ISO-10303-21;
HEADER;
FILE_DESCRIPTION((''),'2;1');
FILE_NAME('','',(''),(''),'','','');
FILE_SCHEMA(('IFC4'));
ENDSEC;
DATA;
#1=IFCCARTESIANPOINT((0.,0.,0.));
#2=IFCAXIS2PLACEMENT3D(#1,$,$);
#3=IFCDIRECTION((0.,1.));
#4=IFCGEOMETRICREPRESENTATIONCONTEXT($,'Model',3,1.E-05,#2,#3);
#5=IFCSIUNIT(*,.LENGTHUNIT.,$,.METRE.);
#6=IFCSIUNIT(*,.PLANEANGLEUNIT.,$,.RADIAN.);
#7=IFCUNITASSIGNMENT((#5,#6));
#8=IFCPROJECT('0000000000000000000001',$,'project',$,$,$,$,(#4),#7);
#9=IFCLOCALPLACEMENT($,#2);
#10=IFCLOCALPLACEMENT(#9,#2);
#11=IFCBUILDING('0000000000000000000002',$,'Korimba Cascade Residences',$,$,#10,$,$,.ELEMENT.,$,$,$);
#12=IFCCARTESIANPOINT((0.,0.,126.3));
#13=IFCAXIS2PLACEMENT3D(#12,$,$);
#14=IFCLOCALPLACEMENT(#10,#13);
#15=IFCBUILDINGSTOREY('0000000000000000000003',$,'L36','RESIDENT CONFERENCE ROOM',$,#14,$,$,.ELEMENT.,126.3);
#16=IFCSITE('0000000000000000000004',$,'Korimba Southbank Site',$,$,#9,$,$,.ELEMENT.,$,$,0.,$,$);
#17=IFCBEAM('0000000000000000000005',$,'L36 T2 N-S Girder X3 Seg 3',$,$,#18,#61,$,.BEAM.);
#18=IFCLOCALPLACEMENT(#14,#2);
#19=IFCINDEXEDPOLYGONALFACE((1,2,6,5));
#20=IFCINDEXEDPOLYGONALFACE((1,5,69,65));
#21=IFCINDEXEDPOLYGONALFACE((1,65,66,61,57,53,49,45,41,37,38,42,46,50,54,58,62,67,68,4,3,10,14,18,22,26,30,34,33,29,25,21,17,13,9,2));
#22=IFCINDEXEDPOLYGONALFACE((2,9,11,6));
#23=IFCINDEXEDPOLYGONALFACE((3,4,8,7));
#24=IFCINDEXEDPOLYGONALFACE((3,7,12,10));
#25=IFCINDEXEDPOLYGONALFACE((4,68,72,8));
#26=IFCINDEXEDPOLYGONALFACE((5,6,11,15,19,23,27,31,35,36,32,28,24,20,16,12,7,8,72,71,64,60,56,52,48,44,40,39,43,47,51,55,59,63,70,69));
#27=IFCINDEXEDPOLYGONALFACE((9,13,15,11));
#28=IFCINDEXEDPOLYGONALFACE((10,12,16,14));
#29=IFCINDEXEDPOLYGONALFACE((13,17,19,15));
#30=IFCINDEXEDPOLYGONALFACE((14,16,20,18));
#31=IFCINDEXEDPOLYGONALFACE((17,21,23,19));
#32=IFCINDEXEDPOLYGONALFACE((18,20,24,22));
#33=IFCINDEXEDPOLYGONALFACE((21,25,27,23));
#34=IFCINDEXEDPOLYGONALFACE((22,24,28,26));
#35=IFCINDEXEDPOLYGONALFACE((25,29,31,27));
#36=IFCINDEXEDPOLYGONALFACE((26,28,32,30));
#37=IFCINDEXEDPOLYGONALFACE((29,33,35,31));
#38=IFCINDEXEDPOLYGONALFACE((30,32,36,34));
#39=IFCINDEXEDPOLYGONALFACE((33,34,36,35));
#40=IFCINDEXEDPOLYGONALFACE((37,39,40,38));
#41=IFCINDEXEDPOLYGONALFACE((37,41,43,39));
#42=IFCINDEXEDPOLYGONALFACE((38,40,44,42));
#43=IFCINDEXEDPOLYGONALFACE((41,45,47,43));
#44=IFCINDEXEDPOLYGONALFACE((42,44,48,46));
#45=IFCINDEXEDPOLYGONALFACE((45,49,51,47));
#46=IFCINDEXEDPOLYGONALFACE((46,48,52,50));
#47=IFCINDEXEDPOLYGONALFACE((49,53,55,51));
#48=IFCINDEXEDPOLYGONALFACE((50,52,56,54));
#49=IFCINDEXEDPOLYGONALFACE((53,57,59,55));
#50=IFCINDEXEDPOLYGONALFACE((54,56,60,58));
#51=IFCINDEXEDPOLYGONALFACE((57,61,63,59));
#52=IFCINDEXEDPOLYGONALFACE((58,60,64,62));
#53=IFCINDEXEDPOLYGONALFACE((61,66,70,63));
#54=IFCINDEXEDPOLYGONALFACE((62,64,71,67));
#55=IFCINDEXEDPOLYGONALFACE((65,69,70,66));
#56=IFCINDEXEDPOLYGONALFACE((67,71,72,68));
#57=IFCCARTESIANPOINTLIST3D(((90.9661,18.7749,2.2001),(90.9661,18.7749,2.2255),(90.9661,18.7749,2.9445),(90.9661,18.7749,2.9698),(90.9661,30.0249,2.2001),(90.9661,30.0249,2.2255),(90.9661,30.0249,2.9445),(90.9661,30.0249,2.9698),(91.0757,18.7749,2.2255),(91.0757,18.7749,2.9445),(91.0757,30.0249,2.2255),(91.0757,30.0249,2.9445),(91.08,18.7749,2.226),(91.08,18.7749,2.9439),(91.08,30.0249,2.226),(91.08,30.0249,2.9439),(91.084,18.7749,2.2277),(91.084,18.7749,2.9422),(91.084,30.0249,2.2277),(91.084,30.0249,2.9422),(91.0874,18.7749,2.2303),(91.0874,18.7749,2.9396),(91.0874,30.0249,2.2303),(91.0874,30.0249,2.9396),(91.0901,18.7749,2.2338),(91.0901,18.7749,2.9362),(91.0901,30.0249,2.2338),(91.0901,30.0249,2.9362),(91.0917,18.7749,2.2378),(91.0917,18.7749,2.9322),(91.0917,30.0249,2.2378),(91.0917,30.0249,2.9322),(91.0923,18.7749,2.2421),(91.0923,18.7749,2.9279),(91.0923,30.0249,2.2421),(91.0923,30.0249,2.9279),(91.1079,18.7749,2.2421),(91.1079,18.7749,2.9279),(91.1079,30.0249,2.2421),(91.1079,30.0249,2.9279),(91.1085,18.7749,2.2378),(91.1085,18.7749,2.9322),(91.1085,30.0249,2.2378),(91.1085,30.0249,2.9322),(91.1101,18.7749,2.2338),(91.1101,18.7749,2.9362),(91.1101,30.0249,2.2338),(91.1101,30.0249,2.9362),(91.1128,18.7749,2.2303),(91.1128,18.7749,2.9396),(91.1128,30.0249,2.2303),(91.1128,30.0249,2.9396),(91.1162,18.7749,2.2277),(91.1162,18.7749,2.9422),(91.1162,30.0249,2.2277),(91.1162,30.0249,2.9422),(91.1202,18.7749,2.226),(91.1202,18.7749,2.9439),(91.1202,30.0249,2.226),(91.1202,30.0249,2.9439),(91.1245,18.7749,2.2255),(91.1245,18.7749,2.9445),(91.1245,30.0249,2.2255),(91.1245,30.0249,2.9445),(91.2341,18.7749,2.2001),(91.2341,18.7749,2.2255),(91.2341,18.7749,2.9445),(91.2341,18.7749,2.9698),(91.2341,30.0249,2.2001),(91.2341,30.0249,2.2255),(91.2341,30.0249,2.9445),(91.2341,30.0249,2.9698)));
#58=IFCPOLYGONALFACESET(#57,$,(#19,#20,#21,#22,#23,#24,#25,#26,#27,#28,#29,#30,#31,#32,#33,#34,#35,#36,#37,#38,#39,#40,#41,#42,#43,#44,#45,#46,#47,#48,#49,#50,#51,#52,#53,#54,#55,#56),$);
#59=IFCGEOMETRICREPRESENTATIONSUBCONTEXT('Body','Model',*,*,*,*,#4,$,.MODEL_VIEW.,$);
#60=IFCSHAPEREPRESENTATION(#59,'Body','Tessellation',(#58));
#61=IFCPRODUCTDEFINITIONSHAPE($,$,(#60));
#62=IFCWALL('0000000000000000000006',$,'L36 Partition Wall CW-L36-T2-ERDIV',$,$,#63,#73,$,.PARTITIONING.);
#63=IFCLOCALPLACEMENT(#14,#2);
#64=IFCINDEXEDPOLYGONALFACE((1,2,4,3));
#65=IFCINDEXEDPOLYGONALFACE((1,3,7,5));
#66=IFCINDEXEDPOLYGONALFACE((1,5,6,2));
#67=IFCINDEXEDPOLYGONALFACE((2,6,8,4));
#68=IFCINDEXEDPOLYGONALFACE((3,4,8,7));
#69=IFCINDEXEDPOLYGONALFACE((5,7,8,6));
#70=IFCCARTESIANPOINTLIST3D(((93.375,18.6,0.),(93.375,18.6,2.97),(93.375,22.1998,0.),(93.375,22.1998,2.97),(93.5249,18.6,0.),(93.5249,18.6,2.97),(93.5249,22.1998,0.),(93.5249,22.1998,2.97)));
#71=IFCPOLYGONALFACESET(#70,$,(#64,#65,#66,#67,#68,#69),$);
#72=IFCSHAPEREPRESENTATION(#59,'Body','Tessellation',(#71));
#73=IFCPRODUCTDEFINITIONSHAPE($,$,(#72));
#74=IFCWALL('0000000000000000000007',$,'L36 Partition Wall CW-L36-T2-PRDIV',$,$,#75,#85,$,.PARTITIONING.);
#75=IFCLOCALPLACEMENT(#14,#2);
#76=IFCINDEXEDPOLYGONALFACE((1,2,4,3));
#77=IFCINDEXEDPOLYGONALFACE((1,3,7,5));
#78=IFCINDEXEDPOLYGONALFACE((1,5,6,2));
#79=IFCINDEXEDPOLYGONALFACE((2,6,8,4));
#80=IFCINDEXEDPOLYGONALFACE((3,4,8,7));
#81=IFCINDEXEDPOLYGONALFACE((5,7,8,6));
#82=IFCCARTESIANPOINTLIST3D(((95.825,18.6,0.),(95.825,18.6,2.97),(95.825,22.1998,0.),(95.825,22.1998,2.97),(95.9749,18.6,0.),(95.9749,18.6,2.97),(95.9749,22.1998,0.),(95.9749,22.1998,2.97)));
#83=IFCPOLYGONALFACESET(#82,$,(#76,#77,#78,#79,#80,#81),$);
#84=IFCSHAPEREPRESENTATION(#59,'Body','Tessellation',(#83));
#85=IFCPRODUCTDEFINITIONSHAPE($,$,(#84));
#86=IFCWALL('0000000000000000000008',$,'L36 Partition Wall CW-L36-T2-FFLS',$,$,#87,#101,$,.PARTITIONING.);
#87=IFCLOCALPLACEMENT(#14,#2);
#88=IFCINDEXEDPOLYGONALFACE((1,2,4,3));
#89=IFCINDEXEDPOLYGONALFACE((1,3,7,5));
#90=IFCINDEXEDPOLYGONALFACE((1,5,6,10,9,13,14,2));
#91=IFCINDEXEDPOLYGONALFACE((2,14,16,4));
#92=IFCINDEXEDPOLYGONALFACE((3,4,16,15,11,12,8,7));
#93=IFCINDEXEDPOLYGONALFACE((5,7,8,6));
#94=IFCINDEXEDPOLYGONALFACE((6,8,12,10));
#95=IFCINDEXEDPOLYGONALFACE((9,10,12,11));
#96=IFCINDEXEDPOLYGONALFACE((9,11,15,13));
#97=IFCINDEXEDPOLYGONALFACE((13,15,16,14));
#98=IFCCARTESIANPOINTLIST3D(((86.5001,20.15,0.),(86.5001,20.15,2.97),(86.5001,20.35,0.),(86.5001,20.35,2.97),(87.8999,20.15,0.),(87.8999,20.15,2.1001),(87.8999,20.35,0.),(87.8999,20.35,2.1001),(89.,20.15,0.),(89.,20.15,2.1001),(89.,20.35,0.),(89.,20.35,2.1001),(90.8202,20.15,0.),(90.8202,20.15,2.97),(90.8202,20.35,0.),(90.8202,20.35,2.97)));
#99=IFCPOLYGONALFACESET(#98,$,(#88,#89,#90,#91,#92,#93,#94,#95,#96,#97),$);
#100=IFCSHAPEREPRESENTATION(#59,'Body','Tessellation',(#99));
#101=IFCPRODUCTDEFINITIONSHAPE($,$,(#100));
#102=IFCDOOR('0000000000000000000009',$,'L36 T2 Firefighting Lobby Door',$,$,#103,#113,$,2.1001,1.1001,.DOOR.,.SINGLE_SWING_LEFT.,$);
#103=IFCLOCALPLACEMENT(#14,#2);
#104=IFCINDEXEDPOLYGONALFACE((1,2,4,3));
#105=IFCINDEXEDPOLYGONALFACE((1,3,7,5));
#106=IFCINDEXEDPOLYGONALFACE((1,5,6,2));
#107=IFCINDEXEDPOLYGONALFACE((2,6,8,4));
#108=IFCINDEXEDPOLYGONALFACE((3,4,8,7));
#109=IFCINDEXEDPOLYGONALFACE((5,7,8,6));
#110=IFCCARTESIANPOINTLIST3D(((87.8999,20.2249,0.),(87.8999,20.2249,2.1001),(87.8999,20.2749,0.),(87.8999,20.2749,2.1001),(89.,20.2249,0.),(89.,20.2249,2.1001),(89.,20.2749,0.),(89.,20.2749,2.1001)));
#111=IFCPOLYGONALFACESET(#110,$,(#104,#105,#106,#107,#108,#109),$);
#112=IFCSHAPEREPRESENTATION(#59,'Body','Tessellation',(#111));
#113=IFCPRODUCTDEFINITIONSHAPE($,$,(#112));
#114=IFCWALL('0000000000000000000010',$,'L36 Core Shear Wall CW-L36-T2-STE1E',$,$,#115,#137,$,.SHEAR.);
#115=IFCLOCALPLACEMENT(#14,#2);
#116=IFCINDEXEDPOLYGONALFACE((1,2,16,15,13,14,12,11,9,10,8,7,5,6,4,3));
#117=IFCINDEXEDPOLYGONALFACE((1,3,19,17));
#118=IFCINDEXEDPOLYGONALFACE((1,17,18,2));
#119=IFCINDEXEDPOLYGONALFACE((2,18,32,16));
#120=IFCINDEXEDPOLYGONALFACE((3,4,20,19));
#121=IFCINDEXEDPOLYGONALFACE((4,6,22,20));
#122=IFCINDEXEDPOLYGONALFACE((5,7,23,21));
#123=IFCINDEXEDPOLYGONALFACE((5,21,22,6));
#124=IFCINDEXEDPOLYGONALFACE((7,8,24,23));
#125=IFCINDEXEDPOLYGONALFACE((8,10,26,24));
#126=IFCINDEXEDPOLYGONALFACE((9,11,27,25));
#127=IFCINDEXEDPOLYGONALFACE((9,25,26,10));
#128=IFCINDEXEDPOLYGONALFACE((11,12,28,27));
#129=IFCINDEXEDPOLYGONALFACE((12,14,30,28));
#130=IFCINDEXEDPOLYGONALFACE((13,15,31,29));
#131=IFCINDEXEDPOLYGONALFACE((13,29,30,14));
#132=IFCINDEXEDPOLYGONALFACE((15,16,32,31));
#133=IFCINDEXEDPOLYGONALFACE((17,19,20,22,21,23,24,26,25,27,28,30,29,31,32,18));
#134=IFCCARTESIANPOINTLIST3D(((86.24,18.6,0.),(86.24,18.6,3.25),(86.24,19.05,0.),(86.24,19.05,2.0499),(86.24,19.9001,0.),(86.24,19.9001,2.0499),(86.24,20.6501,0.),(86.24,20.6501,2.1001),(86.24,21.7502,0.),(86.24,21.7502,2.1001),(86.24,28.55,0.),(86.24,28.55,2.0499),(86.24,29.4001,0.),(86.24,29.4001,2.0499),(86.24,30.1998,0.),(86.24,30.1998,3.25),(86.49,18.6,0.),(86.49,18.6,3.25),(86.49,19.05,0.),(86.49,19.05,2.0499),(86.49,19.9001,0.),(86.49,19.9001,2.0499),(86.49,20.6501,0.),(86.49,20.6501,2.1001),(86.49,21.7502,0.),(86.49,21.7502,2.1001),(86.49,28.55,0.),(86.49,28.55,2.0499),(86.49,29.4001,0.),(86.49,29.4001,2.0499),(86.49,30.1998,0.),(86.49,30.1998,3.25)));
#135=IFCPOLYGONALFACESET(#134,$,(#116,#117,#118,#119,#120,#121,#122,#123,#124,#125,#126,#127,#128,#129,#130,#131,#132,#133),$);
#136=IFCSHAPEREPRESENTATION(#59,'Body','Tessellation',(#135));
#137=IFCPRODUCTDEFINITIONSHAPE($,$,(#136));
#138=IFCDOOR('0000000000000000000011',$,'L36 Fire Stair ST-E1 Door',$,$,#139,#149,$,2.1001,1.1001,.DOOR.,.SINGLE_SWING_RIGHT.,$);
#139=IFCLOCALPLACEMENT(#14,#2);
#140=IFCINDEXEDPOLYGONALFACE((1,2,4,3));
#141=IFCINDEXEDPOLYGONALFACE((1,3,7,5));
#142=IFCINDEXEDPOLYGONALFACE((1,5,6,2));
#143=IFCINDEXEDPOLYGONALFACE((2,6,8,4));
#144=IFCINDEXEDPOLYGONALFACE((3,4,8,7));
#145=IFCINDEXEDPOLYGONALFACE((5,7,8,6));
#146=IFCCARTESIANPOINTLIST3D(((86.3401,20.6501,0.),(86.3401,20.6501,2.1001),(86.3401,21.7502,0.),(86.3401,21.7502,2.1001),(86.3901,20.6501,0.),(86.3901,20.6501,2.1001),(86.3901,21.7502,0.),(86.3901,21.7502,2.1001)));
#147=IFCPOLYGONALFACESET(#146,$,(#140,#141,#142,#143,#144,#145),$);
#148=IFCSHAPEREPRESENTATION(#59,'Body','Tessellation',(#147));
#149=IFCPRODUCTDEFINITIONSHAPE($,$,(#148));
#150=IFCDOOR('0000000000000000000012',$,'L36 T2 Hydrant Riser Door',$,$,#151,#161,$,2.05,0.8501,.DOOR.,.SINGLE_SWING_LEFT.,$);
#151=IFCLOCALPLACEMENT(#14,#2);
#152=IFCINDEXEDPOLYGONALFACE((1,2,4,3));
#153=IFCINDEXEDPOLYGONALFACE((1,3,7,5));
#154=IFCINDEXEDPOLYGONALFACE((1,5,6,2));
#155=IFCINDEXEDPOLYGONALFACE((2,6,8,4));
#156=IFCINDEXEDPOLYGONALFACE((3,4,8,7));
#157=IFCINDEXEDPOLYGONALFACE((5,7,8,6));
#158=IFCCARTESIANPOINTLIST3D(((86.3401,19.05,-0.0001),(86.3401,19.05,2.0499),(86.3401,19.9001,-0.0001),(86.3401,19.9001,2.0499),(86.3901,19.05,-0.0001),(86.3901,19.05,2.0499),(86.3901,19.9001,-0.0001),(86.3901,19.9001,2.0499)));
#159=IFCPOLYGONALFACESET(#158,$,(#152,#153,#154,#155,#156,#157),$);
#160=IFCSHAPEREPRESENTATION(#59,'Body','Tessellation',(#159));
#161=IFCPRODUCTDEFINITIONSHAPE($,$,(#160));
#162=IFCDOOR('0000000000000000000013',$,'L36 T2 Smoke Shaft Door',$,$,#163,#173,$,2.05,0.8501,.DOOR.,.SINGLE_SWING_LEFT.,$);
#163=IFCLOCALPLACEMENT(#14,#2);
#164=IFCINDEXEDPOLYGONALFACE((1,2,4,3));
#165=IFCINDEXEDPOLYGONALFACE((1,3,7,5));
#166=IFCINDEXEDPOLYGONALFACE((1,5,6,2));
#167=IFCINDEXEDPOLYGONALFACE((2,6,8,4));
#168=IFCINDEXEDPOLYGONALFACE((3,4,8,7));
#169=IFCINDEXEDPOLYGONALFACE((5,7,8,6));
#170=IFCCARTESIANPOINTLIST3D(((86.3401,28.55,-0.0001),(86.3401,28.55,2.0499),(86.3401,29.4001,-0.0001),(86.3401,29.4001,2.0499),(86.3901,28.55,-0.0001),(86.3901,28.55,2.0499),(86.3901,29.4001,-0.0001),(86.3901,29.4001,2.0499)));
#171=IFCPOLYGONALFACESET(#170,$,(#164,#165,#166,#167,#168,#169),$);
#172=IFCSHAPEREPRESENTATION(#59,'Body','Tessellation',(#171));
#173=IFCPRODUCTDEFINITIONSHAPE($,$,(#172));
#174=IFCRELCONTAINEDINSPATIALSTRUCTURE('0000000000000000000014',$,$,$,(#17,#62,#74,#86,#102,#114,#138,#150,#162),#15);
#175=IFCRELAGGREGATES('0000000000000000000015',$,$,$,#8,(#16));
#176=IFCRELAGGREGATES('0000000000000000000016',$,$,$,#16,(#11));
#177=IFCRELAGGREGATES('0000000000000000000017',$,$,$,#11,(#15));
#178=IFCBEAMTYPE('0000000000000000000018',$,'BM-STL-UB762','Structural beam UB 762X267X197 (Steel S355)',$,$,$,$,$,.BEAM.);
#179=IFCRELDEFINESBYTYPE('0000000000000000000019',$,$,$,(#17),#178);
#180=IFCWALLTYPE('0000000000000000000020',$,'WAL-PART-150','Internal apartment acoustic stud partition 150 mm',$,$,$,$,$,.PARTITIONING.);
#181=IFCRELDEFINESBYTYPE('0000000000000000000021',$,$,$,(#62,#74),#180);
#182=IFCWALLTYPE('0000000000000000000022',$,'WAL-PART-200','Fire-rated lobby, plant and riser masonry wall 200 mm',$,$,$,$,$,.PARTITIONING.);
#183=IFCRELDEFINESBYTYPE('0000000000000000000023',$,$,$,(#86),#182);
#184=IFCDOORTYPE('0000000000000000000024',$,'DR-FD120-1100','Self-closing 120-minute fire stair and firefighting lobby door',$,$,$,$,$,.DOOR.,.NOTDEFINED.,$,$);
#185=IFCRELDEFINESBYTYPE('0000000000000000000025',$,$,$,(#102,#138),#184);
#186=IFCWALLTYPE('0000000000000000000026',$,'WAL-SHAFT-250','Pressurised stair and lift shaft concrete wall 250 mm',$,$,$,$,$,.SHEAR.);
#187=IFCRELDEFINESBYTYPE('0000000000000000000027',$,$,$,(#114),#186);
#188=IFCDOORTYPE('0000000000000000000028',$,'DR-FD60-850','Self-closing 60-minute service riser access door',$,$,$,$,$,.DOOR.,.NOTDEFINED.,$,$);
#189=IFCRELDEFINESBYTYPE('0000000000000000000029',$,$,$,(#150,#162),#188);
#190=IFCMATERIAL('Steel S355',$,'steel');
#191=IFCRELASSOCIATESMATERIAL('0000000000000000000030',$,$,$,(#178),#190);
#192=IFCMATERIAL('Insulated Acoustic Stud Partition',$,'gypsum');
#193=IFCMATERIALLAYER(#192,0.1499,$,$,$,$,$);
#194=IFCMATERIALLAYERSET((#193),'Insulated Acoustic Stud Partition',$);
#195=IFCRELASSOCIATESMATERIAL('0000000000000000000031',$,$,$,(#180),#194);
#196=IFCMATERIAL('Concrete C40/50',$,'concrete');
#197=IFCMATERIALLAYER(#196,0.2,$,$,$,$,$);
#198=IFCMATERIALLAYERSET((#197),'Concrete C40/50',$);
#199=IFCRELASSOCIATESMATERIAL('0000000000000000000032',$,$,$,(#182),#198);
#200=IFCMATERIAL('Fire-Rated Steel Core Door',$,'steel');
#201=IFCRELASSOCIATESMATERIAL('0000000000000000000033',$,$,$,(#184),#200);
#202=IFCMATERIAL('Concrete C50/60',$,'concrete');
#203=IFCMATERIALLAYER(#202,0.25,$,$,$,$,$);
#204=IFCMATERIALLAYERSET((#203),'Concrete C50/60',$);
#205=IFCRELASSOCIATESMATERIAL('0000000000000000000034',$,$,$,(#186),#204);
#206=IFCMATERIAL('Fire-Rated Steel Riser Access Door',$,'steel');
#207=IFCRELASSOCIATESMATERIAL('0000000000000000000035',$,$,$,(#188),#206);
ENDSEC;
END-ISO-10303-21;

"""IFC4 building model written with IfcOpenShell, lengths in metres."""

from ifc_helpers import new_model, si_unit, direction, frame, frame_2d, origin, origin_2d, place, context, subcontext, project, spatial, rectangle, i_section, extrude, material, layer, layer_set, material_profile, profile_set, type_object, element, fill, save


model = new_model("IFC4")

# Units and contexts
model_context = context("Model", 3, precision=1e-05, world=origin(), true_north=direction((0.0, 1.0)))
body_context = subcontext(model_context, "Body", "Model", "MODEL_VIEW")
ifc_project = project(units=[si_unit("LENGTHUNIT", "METRE"), si_unit("PLANEANGLEUNIT", "RADIAN")], contexts=[model_context])

# Site, building, storey
site_placement = place(None, origin())
site = spatial("IfcSite", under=ifc_project, at=site_placement, Name="Korimba Southbank Site", CompositionType="ELEMENT", RefElevation=0.0)
building_placement = place(site_placement, origin())
building = spatial("IfcBuilding", under=site, at=building_placement, Name="Korimba Cascade Residences", CompositionType="ELEMENT")
storey_placement = place(building_placement, frame((0.0, 0.0, 126.3)))
storey = spatial("IfcBuildingStorey", under=building, at=storey_placement, Name="L36", Description="RESIDENT CONFERENCE ROOM", CompositionType="ELEMENT", Elevation=126.3)

# Beam
ifc_material_1 = material(Name="Steel S355", Category="steel")
ifc_material_profile = material_profile(ifc_material_1, i_section(OverallWidth=0.2681, OverallDepth=0.7698, WebThickness=0.0156, FlangeThickness=0.0254, FilletRadius=0.0166, at=origin_2d()), Name="Steel S355")
ifc_profile_set = profile_set([ifc_material_profile], Name="Steel S355")
beam_type = type_object("IfcBeamType", Name="BM-STL-UB762", Description="Structural beam UB 762X267X197 (Steel S355)", PredefinedType="BEAM", material=ifc_profile_set)
beam_placement = place(storey_placement, frame((91.1001, 18.7749, 2.585), z_axis=(0.0, 1.0, 0.0), x_axis=(-1.0, 0.0, 0.0)))
element("IfcBeam", 1, at=beam_placement, inside=storey, type_object=beam_type, Name="L36 T2 N-S Girder X3 Seg 3", PredefinedType="BEAM", context=body_context, shape_type="SweptSolid", body=[
    extrude(i_section(OverallWidth=0.2681, OverallDepth=0.7698, WebThickness=0.0156, FlangeThickness=0.0254, FilletRadius=0.0166, at=origin_2d()), origin(), (0.0, 0.0, 1.0), 11.25),
])

# Walls
ifc_material_2 = material(Name="Insulated Acoustic Stud Partition", Category="gypsum")
ifc_layer_1 = layer(ifc_material_2, 0.1499)
ifc_layer_set_1 = layer_set([ifc_layer_1], Name="Insulated Acoustic Stud Partition")
wall_type_1 = type_object("IfcWallType", Name="WAL-PART-150", Description="Internal apartment acoustic stud partition 150 mm", PredefinedType="PARTITIONING", material=ifc_layer_set_1)
for number, where, z_axis, x_axis, name in (
    (2, (93.45, 18.6001, 0.0), (0.0, 0.0, 1.0), (0.0, 1.0, 0.0), "L36 Partition Wall CW-L36-T2-ERDIV"),
    (3, (95.8999, 18.6001, 0.0), (0.0, 0.0, 1.0), (0.0, 1.0, 0.0), "L36 Partition Wall CW-L36-T2-PRDIV"),
):
    element("IfcWall", number, at=place(storey_placement, frame(where, z_axis=z_axis, x_axis=x_axis)), inside=storey, type_object=wall_type_1, Name=name, PredefinedType="PARTITIONING", context=body_context, shape_type="SweptSolid", body=[
        extrude(rectangle(XDim=3.5999, YDim=0.1499, at=frame_2d((1.7998, 0.0))), origin(), (0.0, 0.0, 1.0), 2.97),
    ])

# Wall, opening, door
ifc_material_3 = material(Name="Concrete C40/50", Category="concrete")
ifc_layer_2 = layer(ifc_material_3, 0.2)
ifc_layer_set_2 = layer_set([ifc_layer_2], Name="Concrete C40/50")
wall_type_2 = type_object("IfcWallType", Name="WAL-PART-200", Description="Fire-rated lobby, plant and riser masonry wall 200 mm", PredefinedType="PARTITIONING", material=ifc_layer_set_2)
wall_1_placement = place(storey_placement, frame((86.5, 20.25, 0.0), z_axis=(0.0, 0.0, 1.0), x_axis=(1.0, 0.0, 0.0)))
wall_1 = element("IfcWall", 4, at=wall_1_placement, inside=storey, type_object=wall_type_2, Name="L36 Partition Wall CW-L36-T2-FFLS", PredefinedType="PARTITIONING", context=body_context, shape_type="SweptSolid", body=[
    extrude(rectangle(XDim=4.3201, YDim=0.2, at=frame_2d((2.1602, 0.0))), origin(), (0.0, 0.0, 1.0), 2.97),
])
opening_1_placement = place(wall_1_placement, frame((1.3999, 0.0, 0.0)))
opening_1 = element("IfcOpeningElement", 5, at=opening_1_placement, cuts=wall_1, PredefinedType="OPENING", context=body_context, shape_type="SweptSolid", body=[
    extrude(rectangle(XDim=1.1001, YDim=2.1001, at=frame_2d((0.55, 1.05))), frame((0.0, 0.1099, 0.0), z_axis=(0.0, -1.0, 0.0), x_axis=(1.0, 0.0, 0.0)), (0.0, 0.0, 1.0), 0.22),
])
ifc_material_4 = material(Name="Fire-Rated Steel Core Door", Category="steel")
door_type_1 = type_object("IfcDoorType", Name="DR-FD120-1100", Description="Self-closing 120-minute fire stair and firefighting lobby door", OperationType="NOTDEFINED", PredefinedType="DOOR", material=ifc_material_4)
door_1_placement = place(opening_1_placement, origin())
door_1 = element("IfcDoor", 6, at=door_1_placement, inside=storey, type_object=door_type_1, Name="L36 T2 Firefighting Lobby Door", OperationType="SINGLE_SWING_LEFT", OverallHeight=2.1001, OverallWidth=1.1001, PredefinedType="DOOR", context=body_context, shape_type="SweptSolid", body=[
    extrude(rectangle(XDim=1.1001, YDim=2.1001, at=frame_2d((0.55, 1.05))), frame((0.0, 0.0249, 0.0), z_axis=(0.0, -1.0, 0.0), x_axis=(1.0, 0.0, 0.0)), (0.0, 0.0, 1.0), 0.05),
])
fill(opening_1, door_1)

# Wall, openings, doors
ifc_material_5 = material(Name="Concrete C50/60", Category="concrete")
ifc_layer_3 = layer(ifc_material_5, 0.25)
ifc_layer_set_3 = layer_set([ifc_layer_3], Name="Concrete C50/60")
wall_type_3 = type_object("IfcWallType", Name="WAL-SHAFT-250", Description="Pressurised stair and lift shaft concrete wall 250 mm", PredefinedType="SHEAR", material=ifc_layer_set_3)
wall_2_placement = place(storey_placement, frame((86.365, 18.6001, 0.0), z_axis=(0.0, 0.0, 1.0), x_axis=(0.0, 1.0, 0.0)))
wall_2 = element("IfcWall", 7, at=wall_2_placement, inside=storey, type_object=wall_type_3, Name="L36 Core Shear Wall CW-L36-T2-STE1E", PredefinedType="SHEAR", context=body_context, shape_type="SweptSolid", body=[
    extrude(rectangle(XDim=11.5999, YDim=0.25, at=frame_2d((5.7998, 0.0))), origin(), (0.0, 0.0, 1.0), 3.25),
])
opening_2_placement = place(wall_2_placement, frame((0.45, 0.0, 0.0)))
opening_2 = element("IfcOpeningElement", 8, at=opening_2_placement, cuts=wall_2, PredefinedType="OPENING", context=body_context, shape_type="SweptSolid", body=[
    extrude(rectangle(XDim=0.8501, YDim=2.05, at=frame_2d((0.425, 1.0249))), frame((0.0, 0.135, 0.0), z_axis=(0.0, -1.0, 0.0), x_axis=(1.0, 0.0, 0.0)), (0.0, 0.0, 1.0), 0.27),
])
opening_3_placement = place(wall_2_placement, frame((2.05, 0.0, 0.0)))
opening_3 = element("IfcOpeningElement", 9, at=opening_3_placement, cuts=wall_2, PredefinedType="OPENING", context=body_context, shape_type="SweptSolid", body=[
    extrude(rectangle(XDim=1.1001, YDim=2.1001, at=frame_2d((0.55, 1.05))), frame((0.0, 0.135, 0.0), z_axis=(0.0, -1.0, 0.0), x_axis=(1.0, 0.0, 0.0)), (0.0, 0.0, 1.0), 0.27),
])
opening_4_placement = place(wall_2_placement, frame((9.95, 0.0, 0.0)))
opening_4 = element("IfcOpeningElement", 10, at=opening_4_placement, cuts=wall_2, PredefinedType="OPENING", context=body_context, shape_type="SweptSolid", body=[
    extrude(rectangle(XDim=0.8501, YDim=2.05, at=frame_2d((0.425, 1.0249))), frame((0.0, 0.135, 0.0), z_axis=(0.0, -1.0, 0.0), x_axis=(1.0, 0.0, 0.0)), (0.0, 0.0, 1.0), 0.27),
])
door_2_placement = place(opening_3_placement, origin())
door_2 = element("IfcDoor", 11, at=door_2_placement, inside=storey, type_object=door_type_1, Name="L36 Fire Stair ST-E1 Door", OperationType="SINGLE_SWING_RIGHT", OverallHeight=2.1001, OverallWidth=1.1001, PredefinedType="DOOR", context=body_context, shape_type="SweptSolid", body=[
    extrude(rectangle(XDim=1.1001, YDim=2.1001, at=frame_2d((0.55, 1.05))), frame((0.0, 0.0249, 0.0), z_axis=(0.0, -1.0, 0.0), x_axis=(1.0, 0.0, 0.0)), (0.0, 0.0, 1.0), 0.05),
])
fill(opening_3, door_2)
ifc_material_6 = material(Name="Fire-Rated Steel Riser Access Door", Category="steel")
door_type_2 = type_object("IfcDoorType", Name="DR-FD60-850", Description="Self-closing 60-minute service riser access door", OperationType="NOTDEFINED", PredefinedType="DOOR", material=ifc_material_6)
door_3_placement = place(opening_2_placement, origin())
door_3 = element("IfcDoor", 12, at=door_3_placement, inside=storey, type_object=door_type_2, Name="L36 T2 Hydrant Riser Door", OperationType="SINGLE_SWING_LEFT", OverallHeight=2.05, OverallWidth=0.8501, PredefinedType="DOOR", context=body_context, shape_type="SweptSolid", body=[
    extrude(rectangle(XDim=0.8501, YDim=2.05, at=frame_2d((0.425, 1.0249))), frame((0.0, 0.0249, 0.0), z_axis=(0.0, -1.0, 0.0), x_axis=(1.0, 0.0, 0.0)), (0.0, 0.0, 1.0), 0.05),
])
fill(opening_2, door_3)
door_4_placement = place(opening_4_placement, origin())
door_4 = element("IfcDoor", 13, at=door_4_placement, inside=storey, type_object=door_type_2, Name="L36 T2 Smoke Shaft Door", OperationType="SINGLE_SWING_LEFT", OverallHeight=2.05, OverallWidth=0.8501, PredefinedType="DOOR", context=body_context, shape_type="SweptSolid", body=[
    extrude(rectangle(XDim=0.8501, YDim=2.05, at=frame_2d((0.425, 1.0249))), frame((0.0, 0.0249, 0.0), z_axis=(0.0, -1.0, 0.0), x_axis=(1.0, 0.0, 0.0)), (0.0, 0.0, 1.0), 0.05),
])
fill(opening_4, door_4)

save(model, "model.ifc")
